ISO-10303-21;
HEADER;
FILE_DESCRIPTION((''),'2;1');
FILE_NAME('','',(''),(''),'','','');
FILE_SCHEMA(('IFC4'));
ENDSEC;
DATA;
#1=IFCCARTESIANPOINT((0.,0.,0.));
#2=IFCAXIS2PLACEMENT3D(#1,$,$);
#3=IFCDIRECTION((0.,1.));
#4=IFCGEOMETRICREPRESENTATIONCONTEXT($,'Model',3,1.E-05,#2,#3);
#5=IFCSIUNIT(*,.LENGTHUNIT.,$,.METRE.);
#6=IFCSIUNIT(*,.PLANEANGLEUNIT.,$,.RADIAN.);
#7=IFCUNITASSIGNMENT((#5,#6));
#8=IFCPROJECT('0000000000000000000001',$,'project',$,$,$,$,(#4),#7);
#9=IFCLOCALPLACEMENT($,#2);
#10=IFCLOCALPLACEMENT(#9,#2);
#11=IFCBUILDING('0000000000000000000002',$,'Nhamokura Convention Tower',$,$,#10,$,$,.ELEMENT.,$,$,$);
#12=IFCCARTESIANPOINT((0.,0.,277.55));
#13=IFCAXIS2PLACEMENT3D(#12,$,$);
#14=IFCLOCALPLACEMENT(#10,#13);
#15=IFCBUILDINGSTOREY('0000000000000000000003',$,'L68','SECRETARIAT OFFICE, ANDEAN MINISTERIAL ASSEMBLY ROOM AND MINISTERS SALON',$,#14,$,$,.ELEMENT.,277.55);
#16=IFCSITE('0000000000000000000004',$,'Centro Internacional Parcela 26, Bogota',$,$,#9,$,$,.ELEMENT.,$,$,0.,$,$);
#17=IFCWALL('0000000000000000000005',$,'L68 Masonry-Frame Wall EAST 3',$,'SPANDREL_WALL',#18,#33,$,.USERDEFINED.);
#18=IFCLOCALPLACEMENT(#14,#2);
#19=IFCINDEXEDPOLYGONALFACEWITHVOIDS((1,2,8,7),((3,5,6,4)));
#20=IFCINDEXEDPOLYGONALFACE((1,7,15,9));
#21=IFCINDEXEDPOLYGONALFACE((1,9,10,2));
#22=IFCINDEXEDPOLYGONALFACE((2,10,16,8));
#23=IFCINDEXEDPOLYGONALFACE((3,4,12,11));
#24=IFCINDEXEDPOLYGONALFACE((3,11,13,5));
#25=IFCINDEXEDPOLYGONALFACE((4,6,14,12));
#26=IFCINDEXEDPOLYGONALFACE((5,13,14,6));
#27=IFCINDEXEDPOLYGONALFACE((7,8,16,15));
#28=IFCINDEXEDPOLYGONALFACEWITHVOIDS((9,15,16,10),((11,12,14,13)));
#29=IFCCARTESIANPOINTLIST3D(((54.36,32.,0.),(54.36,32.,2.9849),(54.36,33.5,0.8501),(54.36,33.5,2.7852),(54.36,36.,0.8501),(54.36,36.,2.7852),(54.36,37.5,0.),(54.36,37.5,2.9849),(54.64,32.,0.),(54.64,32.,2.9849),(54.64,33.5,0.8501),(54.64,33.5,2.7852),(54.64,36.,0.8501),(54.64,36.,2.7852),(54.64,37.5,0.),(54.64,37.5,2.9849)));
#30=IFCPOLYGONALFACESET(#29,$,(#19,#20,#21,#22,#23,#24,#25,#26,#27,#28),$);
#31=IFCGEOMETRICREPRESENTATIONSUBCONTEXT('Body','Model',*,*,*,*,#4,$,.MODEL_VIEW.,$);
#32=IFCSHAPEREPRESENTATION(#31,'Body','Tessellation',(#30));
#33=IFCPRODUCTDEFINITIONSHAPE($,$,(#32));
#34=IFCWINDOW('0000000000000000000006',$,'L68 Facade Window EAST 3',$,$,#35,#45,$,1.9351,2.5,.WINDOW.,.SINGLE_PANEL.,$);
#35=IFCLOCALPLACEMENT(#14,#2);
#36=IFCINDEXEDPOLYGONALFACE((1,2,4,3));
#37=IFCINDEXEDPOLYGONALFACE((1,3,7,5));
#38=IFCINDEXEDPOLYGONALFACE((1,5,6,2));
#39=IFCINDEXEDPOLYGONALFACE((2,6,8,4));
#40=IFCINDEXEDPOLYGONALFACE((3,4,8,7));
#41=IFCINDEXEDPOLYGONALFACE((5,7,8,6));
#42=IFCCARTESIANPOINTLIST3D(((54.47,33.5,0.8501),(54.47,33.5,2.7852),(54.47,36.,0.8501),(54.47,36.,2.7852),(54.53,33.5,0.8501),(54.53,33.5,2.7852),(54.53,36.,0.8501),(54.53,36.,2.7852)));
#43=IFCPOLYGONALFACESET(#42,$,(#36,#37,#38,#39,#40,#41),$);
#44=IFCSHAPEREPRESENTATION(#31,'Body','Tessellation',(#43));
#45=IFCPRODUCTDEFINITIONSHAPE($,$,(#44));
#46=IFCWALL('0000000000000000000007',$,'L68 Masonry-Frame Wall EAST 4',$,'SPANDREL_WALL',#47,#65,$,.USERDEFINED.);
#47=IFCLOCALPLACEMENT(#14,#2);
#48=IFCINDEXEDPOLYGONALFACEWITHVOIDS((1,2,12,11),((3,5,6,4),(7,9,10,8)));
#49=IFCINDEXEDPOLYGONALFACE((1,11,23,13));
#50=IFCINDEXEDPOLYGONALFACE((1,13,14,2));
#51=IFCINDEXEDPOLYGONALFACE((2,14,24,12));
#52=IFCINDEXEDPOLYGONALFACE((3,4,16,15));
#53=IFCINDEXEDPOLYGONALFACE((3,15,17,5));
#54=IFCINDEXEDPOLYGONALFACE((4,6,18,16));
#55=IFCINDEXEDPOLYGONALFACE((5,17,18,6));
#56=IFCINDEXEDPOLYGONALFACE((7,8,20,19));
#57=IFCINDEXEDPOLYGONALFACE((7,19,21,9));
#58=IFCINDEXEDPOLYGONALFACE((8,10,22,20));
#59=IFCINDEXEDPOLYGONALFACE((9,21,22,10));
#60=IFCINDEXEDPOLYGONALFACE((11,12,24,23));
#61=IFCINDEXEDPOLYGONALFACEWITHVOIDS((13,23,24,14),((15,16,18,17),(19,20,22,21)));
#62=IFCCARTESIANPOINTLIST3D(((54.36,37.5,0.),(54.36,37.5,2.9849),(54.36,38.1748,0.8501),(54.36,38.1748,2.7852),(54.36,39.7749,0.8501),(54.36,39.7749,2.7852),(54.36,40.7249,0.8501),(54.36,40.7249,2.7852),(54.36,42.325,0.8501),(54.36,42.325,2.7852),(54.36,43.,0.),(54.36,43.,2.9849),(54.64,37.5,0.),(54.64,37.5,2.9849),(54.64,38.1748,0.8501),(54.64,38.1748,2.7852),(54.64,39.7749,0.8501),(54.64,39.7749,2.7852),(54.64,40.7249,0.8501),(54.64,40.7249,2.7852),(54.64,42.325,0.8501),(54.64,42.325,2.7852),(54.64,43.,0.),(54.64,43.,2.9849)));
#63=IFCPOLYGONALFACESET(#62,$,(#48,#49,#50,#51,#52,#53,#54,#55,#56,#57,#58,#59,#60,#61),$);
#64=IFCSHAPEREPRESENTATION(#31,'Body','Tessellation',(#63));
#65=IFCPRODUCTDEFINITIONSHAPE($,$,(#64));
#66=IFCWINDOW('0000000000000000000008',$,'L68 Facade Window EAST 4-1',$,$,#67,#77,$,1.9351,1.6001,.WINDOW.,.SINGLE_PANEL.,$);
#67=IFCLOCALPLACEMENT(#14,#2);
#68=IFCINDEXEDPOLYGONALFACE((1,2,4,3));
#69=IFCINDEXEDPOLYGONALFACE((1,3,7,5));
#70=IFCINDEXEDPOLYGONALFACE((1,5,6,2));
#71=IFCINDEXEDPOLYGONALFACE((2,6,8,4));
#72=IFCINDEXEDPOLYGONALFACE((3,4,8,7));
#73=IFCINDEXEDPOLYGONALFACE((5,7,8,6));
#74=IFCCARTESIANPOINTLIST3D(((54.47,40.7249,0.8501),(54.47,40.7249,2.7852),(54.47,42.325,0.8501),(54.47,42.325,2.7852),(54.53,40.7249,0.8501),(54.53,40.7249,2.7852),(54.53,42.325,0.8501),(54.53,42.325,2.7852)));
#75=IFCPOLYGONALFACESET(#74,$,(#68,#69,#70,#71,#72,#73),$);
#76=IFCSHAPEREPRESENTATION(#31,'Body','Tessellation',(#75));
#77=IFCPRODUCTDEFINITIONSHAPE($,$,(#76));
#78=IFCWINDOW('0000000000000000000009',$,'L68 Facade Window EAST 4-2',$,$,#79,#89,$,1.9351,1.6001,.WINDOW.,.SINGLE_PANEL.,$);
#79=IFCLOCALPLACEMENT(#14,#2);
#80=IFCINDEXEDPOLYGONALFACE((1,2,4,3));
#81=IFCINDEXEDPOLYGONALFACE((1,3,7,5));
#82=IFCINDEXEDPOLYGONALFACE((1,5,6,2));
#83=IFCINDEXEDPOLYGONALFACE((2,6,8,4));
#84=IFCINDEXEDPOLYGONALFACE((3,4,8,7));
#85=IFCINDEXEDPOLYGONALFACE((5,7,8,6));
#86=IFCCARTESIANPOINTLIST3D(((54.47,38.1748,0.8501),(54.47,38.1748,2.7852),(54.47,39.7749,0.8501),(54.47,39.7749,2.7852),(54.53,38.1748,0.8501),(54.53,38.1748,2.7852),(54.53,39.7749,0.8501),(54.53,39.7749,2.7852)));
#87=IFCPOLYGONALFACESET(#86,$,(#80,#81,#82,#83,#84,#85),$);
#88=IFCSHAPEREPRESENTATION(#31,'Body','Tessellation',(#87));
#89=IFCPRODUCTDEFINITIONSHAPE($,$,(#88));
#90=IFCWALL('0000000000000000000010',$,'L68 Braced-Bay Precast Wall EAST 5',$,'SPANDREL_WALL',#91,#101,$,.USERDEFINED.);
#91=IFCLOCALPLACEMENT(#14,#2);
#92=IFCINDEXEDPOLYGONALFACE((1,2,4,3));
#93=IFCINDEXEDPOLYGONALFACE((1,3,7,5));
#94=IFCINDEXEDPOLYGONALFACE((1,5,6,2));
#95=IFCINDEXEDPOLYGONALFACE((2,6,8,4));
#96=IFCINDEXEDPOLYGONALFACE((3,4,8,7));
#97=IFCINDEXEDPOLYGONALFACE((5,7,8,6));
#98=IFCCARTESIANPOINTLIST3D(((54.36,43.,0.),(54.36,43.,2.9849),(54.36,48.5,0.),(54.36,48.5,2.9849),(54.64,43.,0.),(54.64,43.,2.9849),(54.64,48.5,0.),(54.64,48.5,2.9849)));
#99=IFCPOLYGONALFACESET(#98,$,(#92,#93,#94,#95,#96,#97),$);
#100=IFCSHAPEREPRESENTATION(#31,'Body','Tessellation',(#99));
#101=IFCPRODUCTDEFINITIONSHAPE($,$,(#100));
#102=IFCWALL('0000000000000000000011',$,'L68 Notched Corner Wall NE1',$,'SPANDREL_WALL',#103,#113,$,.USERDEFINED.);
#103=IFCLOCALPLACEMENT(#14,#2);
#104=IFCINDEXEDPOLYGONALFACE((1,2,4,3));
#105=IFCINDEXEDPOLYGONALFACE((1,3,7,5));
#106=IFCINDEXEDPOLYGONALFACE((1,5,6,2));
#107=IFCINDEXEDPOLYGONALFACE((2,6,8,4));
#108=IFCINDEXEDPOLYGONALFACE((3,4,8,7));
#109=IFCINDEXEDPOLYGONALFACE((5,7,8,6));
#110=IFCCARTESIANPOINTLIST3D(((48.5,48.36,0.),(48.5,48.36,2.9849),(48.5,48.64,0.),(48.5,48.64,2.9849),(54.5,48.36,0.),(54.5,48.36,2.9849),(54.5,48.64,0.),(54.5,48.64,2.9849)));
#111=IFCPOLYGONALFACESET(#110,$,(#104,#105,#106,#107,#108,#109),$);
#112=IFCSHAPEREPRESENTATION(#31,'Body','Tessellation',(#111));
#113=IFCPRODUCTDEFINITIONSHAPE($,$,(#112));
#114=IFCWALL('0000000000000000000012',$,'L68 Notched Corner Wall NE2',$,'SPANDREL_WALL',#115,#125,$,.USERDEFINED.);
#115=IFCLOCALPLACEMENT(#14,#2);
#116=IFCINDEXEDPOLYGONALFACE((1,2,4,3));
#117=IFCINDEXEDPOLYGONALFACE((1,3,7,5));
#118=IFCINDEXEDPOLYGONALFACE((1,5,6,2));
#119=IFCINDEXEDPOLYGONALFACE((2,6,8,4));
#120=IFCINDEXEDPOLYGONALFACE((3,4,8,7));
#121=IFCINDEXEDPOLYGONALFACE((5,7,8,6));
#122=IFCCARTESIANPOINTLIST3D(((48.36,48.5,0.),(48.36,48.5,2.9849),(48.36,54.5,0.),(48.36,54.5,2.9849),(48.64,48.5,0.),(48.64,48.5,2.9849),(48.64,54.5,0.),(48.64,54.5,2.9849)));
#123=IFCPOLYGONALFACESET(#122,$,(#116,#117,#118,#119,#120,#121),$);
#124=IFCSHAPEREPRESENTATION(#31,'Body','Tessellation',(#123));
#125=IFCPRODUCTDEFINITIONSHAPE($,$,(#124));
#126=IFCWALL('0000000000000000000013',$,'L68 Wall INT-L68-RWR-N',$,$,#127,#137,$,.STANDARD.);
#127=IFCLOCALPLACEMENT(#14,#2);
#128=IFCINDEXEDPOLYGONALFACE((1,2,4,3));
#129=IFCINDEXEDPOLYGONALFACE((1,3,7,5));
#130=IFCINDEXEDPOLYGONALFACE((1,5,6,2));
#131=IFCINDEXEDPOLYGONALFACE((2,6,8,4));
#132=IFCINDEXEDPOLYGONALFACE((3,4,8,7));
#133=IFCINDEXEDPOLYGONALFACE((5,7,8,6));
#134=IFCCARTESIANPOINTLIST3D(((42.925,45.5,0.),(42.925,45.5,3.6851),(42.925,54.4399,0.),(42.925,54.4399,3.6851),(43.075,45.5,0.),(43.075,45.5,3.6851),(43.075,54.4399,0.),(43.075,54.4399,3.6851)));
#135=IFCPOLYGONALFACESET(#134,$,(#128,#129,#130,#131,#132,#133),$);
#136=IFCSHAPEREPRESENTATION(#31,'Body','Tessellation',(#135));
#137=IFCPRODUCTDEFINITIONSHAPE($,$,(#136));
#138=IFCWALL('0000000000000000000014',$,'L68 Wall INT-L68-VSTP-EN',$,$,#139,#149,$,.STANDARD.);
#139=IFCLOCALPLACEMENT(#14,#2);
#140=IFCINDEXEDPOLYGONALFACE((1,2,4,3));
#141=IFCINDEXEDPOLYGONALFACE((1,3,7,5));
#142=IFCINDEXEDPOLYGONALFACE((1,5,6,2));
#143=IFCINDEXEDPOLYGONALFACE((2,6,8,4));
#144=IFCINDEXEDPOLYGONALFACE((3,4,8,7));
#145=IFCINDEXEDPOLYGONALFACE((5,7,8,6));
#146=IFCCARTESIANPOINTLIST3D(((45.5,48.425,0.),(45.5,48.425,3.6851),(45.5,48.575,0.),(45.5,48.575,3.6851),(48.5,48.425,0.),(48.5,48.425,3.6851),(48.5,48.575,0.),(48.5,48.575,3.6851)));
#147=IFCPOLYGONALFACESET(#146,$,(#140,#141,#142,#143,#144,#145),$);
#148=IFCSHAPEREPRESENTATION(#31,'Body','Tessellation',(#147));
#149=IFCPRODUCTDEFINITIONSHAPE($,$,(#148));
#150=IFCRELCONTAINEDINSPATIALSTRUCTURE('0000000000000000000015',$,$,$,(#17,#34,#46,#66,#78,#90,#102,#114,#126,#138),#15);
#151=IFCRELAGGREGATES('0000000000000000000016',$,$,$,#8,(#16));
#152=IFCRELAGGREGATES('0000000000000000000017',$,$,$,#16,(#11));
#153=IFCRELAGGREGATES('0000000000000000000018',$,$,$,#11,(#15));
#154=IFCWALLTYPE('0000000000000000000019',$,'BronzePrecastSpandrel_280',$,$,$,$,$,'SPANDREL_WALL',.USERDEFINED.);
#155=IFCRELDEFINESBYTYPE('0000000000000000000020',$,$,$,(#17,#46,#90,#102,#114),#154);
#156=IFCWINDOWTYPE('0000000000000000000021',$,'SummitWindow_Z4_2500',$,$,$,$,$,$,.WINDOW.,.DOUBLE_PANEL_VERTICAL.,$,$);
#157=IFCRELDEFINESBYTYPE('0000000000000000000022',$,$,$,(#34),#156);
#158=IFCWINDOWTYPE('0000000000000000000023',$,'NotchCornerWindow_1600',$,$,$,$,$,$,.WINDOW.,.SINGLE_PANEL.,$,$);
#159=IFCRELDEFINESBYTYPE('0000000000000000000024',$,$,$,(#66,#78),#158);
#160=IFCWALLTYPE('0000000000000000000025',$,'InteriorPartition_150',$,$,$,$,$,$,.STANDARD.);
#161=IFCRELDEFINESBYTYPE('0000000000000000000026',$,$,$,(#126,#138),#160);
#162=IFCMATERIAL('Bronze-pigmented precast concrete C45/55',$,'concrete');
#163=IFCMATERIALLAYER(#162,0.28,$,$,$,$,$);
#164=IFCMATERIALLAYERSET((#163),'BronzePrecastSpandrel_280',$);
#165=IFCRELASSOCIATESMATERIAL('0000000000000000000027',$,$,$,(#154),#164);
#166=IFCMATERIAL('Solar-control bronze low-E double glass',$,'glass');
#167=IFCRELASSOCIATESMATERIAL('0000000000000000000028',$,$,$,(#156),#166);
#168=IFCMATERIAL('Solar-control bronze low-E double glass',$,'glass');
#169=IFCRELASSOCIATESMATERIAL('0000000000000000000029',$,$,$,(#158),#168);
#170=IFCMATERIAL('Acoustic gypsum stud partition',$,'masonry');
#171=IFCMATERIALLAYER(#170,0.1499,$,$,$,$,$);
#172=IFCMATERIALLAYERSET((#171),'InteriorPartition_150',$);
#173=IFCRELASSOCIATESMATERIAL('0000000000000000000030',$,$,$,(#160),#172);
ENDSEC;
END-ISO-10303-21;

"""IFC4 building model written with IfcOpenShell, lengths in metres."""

from ifc_helpers import new_model, si_unit, direction, frame, frame_2d, origin, place, context, subcontext, project, spatial, rectangle, extrude, material, layer, layer_set, type_object, element, fill, save


model = new_model("IFC4")

# Units and contexts
model_context = context("Model", 3, precision=1e-05, world=origin(), true_north=direction((0.0, 1.0)))
body_context = subcontext(model_context, "Body", "Model", "MODEL_VIEW")
ifc_project = project(units=[si_unit("LENGTHUNIT", "METRE"), si_unit("PLANEANGLEUNIT", "RADIAN")], contexts=[model_context])

# Site, building, storey
site_placement = place(None, origin())
site = spatial("IfcSite", under=ifc_project, at=site_placement, Name="Centro Internacional Parcela 26, Bogota", CompositionType="ELEMENT", RefElevation=0.0)
building_placement = place(site_placement, origin())
building = spatial("IfcBuilding", under=site, at=building_placement, Name="Nhamokura Convention Tower", CompositionType="ELEMENT")
storey_placement = place(building_placement, frame((0.0, 0.0, 277.55)))
storey = spatial("IfcBuildingStorey", under=building, at=storey_placement, Name="L68", Description="SECRETARIAT OFFICE, ANDEAN MINISTERIAL ASSEMBLY ROOM AND MINISTERS SALON", CompositionType="ELEMENT", Elevation=277.55)

# Shared definitions
ifc_material_1 = material(Name="Bronze-pigmented precast concrete C45/55", Category="concrete")
ifc_layer_1 = layer(ifc_material_1, 0.28)
ifc_layer_set_1 = layer_set([ifc_layer_1], Name="BronzePrecastSpandrel_280")
wall_type_1 = type_object("IfcWallType", Name="BronzePrecastSpandrel_280", ElementType="SPANDREL_WALL", PredefinedType="USERDEFINED", material=ifc_layer_set_1)

# Wall, opening, window
wall_1_placement = place(storey_placement, frame((54.5, 37.5, 0.0), z_axis=(0.0, 0.0, 1.0), x_axis=(0.0, -1.0, 0.0)))
wall_1 = element("IfcWall", 1, at=wall_1_placement, inside=storey, type_object=wall_type_1, Name="L68 Masonry-Frame Wall EAST 3", ObjectType="SPANDREL_WALL", PredefinedType="USERDEFINED", context=body_context, shape_type="SweptSolid", body=[
    extrude(rectangle(XDim=5.5, YDim=0.28, at=frame_2d((2.75, 0.0))), origin(), (0.0, 0.0, 1.0), 2.9849),
])
opening_1_placement = place(wall_1_placement, frame((1.5, 0.0, 0.8501)))
opening_1 = element("IfcOpeningElement", 2, at=opening_1_placement, cuts=wall_1, PredefinedType="OPENING", context=body_context, shape_type="SweptSolid", body=[
    extrude(rectangle(XDim=2.5, YDim=1.9351, at=frame_2d((1.25, 0.9675))), frame((0.0, 0.1499, 0.0), z_axis=(0.0, -1.0, 0.0), x_axis=(1.0, 0.0, 0.0)), (0.0, 0.0, 1.0), 0.3),
])
ifc_material_2 = material(Name="Solar-control bronze low-E double glass", Category="glass")
window_type_1 = type_object("IfcWindowType", Name="SummitWindow_Z4_2500", PartitioningType="DOUBLE_PANEL_VERTICAL", PredefinedType="WINDOW", material=ifc_material_2)
window_1_placement = place(opening_1_placement, origin())
window_1 = element("IfcWindow", 3, at=window_1_placement, inside=storey, type_object=window_type_1, Name="L68 Facade Window EAST 3", OverallHeight=1.9351, OverallWidth=2.5, PartitioningType="SINGLE_PANEL", PredefinedType="WINDOW", context=body_context, shape_type="SweptSolid", body=[
    extrude(rectangle(XDim=2.5, YDim=1.9351, at=frame_2d((1.25, 0.9675))), frame((0.0, 0.03, 0.0), z_axis=(0.0, -1.0, 0.0), x_axis=(1.0, 0.0, 0.0)), (0.0, 0.0, 1.0), 0.0601),
])
fill(opening_1, window_1)

# Wall, openings, windows
wall_2_placement = place(storey_placement, frame((54.5, 43.0, 0.0), z_axis=(0.0, 0.0, 1.0), x_axis=(0.0, -1.0, 0.0)))
wall_2 = element("IfcWall", 4, at=wall_2_placement, inside=storey, type_object=wall_type_1, Name="L68 Masonry-Frame Wall EAST 4", ObjectType="SPANDREL_WALL", PredefinedType="USERDEFINED", context=body_context, shape_type="SweptSolid", body=[
    extrude(rectangle(XDim=5.5, YDim=0.28, at=frame_2d((2.75, 0.0))), origin(), (0.0, 0.0, 1.0), 2.9849),
])
opening_2_placement = place(wall_2_placement, frame((0.675, 0.0, 0.8501)))
opening_2 = element("IfcOpeningElement", 5, at=opening_2_placement, cuts=wall_2, PredefinedType="OPENING", context=body_context, shape_type="SweptSolid", body=[
    extrude(rectangle(XDim=1.6001, YDim=1.9351, at=frame_2d((0.8, 0.9675))), frame((0.0, 0.1499, 0.0), z_axis=(0.0, -1.0, 0.0), x_axis=(1.0, 0.0, 0.0)), (0.0, 0.0, 1.0), 0.3),
])
opening_3_placement = place(wall_2_placement, frame((3.2251, 0.0, 0.8501)))
opening_3 = element("IfcOpeningElement", 6, at=opening_3_placement, cuts=wall_2, PredefinedType="OPENING", context=body_context, shape_type="SweptSolid", body=[
    extrude(rectangle(XDim=1.6001, YDim=1.9351, at=frame_2d((0.8, 0.9675))), frame((0.0, 0.1499, 0.0), z_axis=(0.0, -1.0, 0.0), x_axis=(1.0, 0.0, 0.0)), (0.0, 0.0, 1.0), 0.3),
])
ifc_material_3 = material(Name="Solar-control bronze low-E double glass", Category="glass")
window_type_2 = type_object("IfcWindowType", Name="NotchCornerWindow_1600", PartitioningType="SINGLE_PANEL", PredefinedType="WINDOW", material=ifc_material_3)
window_2_placement = place(opening_2_placement, origin())
window_2 = element("IfcWindow", 7, at=window_2_placement, inside=storey, type_object=window_type_2, Name="L68 Facade Window EAST 4-1", OverallHeight=1.9351, OverallWidth=1.6001, PartitioningType="SINGLE_PANEL", PredefinedType="WINDOW", context=body_context, shape_type="SweptSolid", body=[
    extrude(rectangle(XDim=1.6001, YDim=1.9351, at=frame_2d((0.8, 0.9675))), frame((0.0, 0.03, 0.0), z_axis=(0.0, -1.0, 0.0), x_axis=(1.0, 0.0, 0.0)), (0.0, 0.0, 1.0), 0.0601),
])
fill(opening_2, window_2)
window_3_placement = place(opening_3_placement, origin())
window_3 = element("IfcWindow", 8, at=window_3_placement, inside=storey, type_object=window_type_2, Name="L68 Facade Window EAST 4-2", OverallHeight=1.9351, OverallWidth=1.6001, PartitioningType="SINGLE_PANEL", PredefinedType="WINDOW", context=body_context, shape_type="SweptSolid", body=[
    extrude(rectangle(XDim=1.6001, YDim=1.9351, at=frame_2d((0.8, 0.9675))), frame((0.0, 0.03, 0.0), z_axis=(0.0, -1.0, 0.0), x_axis=(1.0, 0.0, 0.0)), (0.0, 0.0, 1.0), 0.0601),
])
fill(opening_3, window_3)

# Walls
wall_3_placement = place(storey_placement, frame((54.5, 48.5, 0.0), z_axis=(0.0, 0.0, 1.0), x_axis=(0.0, -1.0, 0.0)))
element("IfcWall", 9, at=wall_3_placement, inside=storey, type_object=wall_type_1, Name="L68 Braced-Bay Precast Wall EAST 5", ObjectType="SPANDREL_WALL", PredefinedType="USERDEFINED", context=body_context, shape_type="SweptSolid", body=[
    extrude(rectangle(XDim=5.5, YDim=0.28, at=frame_2d((2.75, 0.0))), origin(), (0.0, 0.0, 1.0), 2.9849),
])
for number, where, z_axis, x_axis, name in (
    (10, (48.5, 48.5, 0.0), (0.0, 0.0, 1.0), (1.0, 0.0, 0.0), "L68 Notched Corner Wall NE1"),
    (11, (48.5, 54.5, 0.0), (0.0, 0.0, 1.0), (0.0, -1.0, 0.0), "L68 Notched Corner Wall NE2"),
):
    element("IfcWall", number, at=place(storey_placement, frame(where, z_axis=z_axis, x_axis=x_axis)), inside=storey, type_object=wall_type_1, Name=name, ObjectType="SPANDREL_WALL", PredefinedType="USERDEFINED", context=body_context, shape_type="SweptSolid", body=[
        extrude(rectangle(XDim=6.0, YDim=0.28, at=frame_2d((3.0, 0.0))), origin(), (0.0, 0.0, 1.0), 2.9849),
    ])
ifc_material_4 = material(Name="Acoustic gypsum stud partition", Category="masonry")
ifc_layer_2 = layer(ifc_material_4, 0.1499)
ifc_layer_set_2 = layer_set([ifc_layer_2], Name="InteriorPartition_150")
wall_type_2 = type_object("IfcWallType", Name="InteriorPartition_150", PredefinedType="STANDARD", material=ifc_layer_set_2)
wall_4_placement = place(storey_placement, frame((43.0, 45.5, 0.0), z_axis=(0.0, 0.0, 1.0), x_axis=(0.0, 1.0, 0.0)))
element("IfcWall", 12, at=wall_4_placement, inside=storey, type_object=wall_type_2, Name="L68 Wall INT-L68-RWR-N", PredefinedType="STANDARD", context=body_context, shape_type="SweptSolid", body=[
    extrude(rectangle(XDim=8.9399, YDim=0.1499, at=frame_2d((4.47, 0.0))), origin(), (0.0, 0.0, 1.0), 3.6851),
])
wall_5_placement = place(storey_placement, frame((45.5, 48.5, 0.0), z_axis=(0.0, 0.0, 1.0), x_axis=(1.0, 0.0, 0.0)))
element("IfcWall", 13, at=wall_5_placement, inside=storey, type_object=wall_type_2, Name="L68 Wall INT-L68-VSTP-EN", PredefinedType="STANDARD", context=body_context, shape_type="SweptSolid", body=[
    extrude(rectangle(XDim=3.0, YDim=0.1499, at=frame_2d((1.5, 0.0))), origin(), (0.0, 0.0, 1.0), 3.6851),
])

save(model, "model.ifc")
